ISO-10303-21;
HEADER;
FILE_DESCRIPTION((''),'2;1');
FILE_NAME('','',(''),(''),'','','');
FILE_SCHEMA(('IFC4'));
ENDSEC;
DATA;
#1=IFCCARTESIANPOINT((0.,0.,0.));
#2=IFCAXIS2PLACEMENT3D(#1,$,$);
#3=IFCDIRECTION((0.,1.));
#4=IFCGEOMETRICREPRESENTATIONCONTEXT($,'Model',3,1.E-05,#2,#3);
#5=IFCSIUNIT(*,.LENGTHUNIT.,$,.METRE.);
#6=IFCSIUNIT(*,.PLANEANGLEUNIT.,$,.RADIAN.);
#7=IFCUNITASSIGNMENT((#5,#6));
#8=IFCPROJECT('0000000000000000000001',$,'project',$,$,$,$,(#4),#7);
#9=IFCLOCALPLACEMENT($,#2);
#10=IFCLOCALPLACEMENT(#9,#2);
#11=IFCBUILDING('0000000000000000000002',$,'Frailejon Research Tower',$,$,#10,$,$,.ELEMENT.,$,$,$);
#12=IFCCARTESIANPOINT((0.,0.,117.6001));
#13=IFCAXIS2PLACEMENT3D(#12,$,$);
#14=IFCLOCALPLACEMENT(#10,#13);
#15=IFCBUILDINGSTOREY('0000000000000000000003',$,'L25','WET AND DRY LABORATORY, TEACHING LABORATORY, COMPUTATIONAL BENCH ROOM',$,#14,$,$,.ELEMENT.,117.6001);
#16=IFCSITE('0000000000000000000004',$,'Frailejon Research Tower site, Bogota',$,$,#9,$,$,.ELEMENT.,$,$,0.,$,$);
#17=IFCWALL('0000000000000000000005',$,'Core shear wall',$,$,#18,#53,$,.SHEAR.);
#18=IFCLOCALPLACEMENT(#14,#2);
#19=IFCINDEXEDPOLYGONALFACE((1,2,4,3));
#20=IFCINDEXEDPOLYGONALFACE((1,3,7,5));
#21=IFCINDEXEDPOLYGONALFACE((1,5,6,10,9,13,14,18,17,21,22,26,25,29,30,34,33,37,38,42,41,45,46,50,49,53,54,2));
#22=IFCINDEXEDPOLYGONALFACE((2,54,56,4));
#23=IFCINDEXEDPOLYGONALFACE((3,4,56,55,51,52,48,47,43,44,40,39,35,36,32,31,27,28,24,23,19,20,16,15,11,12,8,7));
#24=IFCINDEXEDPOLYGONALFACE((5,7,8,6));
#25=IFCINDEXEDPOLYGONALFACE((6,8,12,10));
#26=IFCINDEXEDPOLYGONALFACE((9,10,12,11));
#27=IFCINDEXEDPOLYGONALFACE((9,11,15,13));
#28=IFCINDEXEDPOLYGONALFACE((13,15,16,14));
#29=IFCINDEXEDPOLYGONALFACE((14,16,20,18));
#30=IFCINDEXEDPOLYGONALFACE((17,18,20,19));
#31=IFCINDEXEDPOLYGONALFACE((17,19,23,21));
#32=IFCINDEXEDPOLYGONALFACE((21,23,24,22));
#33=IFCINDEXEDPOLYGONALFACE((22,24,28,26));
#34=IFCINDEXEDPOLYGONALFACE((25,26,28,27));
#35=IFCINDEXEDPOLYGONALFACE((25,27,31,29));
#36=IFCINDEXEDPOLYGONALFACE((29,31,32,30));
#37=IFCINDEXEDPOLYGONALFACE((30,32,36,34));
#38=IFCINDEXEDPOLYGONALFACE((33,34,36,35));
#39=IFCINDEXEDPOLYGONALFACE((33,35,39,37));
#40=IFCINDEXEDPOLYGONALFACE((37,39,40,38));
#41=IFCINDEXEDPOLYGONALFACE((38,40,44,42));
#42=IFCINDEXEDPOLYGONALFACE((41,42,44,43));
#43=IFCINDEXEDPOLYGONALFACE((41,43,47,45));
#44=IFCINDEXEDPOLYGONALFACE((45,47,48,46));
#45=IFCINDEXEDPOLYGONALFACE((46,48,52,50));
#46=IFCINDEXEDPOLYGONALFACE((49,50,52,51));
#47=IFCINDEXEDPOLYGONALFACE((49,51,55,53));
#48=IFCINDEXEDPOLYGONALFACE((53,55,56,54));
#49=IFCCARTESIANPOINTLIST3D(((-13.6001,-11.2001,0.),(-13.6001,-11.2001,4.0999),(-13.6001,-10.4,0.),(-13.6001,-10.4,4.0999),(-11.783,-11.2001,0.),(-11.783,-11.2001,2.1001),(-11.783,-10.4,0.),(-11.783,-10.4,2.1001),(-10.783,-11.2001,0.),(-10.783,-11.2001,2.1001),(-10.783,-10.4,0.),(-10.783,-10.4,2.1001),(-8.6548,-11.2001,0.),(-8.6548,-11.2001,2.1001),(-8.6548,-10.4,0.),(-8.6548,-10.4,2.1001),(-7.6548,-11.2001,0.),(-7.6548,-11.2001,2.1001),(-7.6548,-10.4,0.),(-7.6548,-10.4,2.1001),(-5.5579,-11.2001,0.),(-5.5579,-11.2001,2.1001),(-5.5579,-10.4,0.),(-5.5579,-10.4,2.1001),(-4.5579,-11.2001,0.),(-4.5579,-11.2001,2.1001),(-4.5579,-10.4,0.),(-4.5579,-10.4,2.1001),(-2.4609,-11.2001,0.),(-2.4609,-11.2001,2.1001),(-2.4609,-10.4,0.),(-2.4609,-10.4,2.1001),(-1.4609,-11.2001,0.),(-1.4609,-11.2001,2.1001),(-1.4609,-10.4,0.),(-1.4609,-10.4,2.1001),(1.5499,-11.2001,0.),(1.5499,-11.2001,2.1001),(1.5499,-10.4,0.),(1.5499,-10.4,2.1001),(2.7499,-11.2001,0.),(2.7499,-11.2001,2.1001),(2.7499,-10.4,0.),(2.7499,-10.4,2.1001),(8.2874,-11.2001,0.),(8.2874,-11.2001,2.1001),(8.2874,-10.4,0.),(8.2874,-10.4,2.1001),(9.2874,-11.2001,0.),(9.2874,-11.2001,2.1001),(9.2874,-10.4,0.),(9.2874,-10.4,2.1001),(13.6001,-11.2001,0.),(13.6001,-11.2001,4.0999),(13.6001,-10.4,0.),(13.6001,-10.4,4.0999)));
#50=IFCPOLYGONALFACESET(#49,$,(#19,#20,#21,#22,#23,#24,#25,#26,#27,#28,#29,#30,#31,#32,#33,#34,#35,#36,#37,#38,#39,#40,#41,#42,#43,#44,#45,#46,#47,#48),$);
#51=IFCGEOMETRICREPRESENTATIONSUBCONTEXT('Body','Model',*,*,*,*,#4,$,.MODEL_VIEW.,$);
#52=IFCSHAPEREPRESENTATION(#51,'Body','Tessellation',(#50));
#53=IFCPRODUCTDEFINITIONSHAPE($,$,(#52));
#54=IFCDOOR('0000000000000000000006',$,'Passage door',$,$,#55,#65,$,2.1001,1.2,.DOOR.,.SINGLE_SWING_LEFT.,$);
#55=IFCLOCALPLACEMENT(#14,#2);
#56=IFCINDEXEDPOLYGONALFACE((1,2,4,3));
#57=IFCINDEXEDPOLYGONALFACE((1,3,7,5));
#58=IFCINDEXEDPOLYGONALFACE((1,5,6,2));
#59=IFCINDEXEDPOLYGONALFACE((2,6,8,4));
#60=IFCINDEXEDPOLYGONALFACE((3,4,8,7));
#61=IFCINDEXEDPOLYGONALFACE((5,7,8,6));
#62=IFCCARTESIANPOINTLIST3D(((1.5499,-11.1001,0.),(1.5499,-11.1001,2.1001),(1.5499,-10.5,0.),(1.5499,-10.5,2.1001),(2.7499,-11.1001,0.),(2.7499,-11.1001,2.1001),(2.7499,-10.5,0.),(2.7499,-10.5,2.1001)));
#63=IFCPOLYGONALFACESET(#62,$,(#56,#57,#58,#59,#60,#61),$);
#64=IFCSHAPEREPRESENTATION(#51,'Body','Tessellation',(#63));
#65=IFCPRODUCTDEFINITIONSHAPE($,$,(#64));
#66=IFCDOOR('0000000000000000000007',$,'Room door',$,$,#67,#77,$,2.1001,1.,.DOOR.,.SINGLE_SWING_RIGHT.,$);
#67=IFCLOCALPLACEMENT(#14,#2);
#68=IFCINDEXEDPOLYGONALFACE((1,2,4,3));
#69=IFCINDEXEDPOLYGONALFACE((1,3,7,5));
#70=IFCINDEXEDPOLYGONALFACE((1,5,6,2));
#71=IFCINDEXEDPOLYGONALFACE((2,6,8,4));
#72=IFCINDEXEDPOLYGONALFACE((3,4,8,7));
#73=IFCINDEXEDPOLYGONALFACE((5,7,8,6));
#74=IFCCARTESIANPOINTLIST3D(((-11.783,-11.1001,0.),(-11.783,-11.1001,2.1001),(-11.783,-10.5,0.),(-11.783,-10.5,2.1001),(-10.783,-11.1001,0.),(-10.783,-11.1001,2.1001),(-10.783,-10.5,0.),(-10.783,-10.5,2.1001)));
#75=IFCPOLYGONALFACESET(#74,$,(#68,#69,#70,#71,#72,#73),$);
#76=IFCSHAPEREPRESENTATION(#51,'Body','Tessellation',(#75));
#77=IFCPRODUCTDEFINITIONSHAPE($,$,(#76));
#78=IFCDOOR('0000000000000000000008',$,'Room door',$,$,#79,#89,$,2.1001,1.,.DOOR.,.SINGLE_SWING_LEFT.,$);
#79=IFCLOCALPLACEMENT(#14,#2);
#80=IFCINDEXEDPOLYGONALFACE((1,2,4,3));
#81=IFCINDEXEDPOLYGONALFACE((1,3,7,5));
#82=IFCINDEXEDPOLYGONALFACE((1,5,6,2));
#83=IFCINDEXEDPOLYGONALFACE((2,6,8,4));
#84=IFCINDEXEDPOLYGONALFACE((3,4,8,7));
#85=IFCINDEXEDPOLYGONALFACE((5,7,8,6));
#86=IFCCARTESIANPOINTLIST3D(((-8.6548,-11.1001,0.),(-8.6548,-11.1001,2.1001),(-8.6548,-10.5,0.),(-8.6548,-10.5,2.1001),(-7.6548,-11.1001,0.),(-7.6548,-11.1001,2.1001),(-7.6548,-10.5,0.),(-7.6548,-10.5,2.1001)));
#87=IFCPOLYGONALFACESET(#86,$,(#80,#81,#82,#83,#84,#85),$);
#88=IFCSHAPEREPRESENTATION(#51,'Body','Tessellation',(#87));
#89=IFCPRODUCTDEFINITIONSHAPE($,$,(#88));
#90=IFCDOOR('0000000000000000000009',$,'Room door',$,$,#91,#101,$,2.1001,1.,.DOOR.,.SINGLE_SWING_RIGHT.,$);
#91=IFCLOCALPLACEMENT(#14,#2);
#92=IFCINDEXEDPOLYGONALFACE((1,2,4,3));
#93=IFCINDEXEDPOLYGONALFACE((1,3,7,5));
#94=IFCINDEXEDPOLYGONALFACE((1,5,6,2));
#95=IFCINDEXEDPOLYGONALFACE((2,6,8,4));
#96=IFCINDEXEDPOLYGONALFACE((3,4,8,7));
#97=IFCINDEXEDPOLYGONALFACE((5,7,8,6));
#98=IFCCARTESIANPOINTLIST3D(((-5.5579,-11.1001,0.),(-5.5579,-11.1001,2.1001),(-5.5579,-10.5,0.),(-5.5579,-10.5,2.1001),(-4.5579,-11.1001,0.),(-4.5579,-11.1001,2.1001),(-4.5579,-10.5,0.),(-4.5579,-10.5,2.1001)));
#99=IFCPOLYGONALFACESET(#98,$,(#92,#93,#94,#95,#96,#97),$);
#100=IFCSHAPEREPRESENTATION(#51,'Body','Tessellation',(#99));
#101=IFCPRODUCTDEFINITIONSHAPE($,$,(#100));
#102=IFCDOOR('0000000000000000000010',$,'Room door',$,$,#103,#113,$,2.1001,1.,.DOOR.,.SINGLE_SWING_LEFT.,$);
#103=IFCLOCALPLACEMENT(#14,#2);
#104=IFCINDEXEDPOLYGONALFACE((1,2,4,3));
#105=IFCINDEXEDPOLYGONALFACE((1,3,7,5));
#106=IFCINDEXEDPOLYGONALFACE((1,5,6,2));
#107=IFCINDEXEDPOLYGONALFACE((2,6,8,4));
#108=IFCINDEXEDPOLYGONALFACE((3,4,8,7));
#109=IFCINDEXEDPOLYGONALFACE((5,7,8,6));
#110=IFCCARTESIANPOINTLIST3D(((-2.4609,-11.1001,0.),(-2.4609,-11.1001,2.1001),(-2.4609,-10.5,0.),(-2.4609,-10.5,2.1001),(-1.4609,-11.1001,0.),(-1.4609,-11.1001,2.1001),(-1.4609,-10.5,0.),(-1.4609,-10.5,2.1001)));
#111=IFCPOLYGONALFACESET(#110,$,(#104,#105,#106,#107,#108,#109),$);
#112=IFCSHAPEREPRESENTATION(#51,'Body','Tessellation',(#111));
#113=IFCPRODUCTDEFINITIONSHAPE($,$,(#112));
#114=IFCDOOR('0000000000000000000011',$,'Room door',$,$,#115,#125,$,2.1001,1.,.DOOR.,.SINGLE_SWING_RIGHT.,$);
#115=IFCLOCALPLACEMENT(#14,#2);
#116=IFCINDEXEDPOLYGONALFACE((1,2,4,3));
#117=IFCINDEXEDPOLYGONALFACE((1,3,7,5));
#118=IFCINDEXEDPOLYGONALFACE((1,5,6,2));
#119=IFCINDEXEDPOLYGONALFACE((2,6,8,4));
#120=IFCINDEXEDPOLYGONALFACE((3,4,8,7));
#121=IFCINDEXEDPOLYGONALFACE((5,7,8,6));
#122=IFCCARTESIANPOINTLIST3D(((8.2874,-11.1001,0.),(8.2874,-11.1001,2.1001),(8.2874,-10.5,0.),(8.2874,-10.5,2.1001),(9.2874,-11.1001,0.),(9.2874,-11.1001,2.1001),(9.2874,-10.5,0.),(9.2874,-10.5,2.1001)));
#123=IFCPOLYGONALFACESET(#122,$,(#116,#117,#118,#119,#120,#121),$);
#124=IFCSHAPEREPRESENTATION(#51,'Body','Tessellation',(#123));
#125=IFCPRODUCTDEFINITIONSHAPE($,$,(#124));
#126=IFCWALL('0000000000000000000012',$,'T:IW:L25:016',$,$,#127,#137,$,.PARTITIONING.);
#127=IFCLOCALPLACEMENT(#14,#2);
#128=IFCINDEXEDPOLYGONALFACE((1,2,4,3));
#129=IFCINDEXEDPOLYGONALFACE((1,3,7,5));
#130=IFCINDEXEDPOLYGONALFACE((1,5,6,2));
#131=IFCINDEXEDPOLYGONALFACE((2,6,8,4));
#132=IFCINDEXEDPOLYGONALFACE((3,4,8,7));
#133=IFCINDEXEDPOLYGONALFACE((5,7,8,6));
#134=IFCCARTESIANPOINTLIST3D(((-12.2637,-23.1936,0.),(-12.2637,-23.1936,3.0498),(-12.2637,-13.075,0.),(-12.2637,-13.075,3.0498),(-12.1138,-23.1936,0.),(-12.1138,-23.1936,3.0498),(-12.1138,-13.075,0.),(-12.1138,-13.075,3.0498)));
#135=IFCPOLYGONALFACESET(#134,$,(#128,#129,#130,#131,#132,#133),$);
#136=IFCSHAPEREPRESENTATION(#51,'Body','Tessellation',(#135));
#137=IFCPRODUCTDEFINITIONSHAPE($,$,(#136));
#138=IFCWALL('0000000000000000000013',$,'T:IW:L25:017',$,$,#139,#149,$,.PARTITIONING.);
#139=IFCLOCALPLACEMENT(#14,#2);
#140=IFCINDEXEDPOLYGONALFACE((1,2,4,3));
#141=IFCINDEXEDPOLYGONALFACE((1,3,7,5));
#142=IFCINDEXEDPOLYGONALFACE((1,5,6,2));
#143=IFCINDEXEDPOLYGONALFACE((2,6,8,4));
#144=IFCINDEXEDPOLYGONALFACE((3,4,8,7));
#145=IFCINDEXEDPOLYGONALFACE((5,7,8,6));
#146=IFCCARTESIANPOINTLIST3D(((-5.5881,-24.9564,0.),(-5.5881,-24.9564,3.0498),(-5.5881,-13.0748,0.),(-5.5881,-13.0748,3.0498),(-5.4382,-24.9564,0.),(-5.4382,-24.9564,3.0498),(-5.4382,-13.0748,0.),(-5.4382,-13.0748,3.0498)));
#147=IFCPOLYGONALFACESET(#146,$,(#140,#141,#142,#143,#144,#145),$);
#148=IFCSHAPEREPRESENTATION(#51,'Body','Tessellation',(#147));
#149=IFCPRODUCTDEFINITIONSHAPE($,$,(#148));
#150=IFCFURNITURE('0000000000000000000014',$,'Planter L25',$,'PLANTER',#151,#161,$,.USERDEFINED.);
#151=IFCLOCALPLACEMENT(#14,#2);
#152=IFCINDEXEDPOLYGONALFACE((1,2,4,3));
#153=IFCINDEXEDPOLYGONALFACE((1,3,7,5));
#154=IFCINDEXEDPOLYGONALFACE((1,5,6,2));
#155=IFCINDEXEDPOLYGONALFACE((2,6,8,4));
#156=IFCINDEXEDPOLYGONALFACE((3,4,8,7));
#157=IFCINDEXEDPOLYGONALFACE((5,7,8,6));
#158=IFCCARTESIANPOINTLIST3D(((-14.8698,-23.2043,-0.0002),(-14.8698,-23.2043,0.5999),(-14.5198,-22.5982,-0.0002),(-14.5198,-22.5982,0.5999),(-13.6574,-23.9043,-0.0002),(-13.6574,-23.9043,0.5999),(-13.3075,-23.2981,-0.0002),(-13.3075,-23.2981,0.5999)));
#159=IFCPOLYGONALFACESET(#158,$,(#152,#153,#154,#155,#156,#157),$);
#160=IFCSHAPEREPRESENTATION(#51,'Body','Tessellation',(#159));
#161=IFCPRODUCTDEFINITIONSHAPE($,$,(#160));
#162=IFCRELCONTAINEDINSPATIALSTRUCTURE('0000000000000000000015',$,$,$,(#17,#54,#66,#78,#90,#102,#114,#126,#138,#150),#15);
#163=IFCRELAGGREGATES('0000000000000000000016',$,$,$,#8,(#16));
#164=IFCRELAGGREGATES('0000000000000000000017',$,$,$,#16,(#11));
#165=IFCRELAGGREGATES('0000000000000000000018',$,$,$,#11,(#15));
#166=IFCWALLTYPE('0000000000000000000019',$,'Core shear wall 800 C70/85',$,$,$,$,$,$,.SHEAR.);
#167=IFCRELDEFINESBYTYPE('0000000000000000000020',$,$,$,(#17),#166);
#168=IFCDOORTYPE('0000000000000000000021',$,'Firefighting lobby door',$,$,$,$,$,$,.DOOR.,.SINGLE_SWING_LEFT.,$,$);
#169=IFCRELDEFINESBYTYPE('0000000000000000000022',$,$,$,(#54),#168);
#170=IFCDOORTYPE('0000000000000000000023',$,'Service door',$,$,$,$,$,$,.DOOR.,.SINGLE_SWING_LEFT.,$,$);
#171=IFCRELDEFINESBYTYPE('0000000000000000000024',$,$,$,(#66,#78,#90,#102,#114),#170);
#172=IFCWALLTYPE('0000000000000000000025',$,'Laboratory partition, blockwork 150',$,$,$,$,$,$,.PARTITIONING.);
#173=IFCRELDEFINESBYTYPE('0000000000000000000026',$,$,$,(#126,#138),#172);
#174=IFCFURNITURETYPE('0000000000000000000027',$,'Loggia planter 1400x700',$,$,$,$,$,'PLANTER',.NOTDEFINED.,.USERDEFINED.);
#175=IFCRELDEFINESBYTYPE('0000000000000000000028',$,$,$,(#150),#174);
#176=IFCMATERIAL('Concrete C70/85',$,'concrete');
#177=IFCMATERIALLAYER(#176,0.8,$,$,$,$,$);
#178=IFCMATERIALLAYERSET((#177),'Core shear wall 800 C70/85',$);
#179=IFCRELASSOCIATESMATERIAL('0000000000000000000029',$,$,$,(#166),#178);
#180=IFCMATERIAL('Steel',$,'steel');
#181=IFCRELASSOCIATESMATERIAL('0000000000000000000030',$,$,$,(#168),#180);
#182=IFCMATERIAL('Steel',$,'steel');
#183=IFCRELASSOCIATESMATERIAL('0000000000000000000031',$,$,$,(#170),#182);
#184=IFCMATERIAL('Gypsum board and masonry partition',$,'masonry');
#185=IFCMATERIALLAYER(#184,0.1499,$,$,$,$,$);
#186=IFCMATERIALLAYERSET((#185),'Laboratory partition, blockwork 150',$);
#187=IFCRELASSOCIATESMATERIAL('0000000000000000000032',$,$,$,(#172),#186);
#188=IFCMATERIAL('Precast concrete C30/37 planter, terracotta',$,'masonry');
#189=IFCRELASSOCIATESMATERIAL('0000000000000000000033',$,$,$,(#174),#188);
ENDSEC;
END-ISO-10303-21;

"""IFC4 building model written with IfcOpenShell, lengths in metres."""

from ifc_helpers import new_model, si_unit, direction, frame, frame_2d, origin, origin_2d, place, context, subcontext, project, spatial, rectangle, extrude, material, layer, layer_set, type_object, element, fill, save


model = new_model("IFC4")

# Units and contexts
model_context = context("Model", 3, precision=1e-05, world=origin(), true_north=direction((0.0, 1.0)))
body_context = subcontext(model_context, "Body", "Model", "MODEL_VIEW")
ifc_project = project(units=[si_unit("LENGTHUNIT", "METRE"), si_unit("PLANEANGLEUNIT", "RADIAN")], contexts=[model_context])

# Site, building, storey
site_placement = place(None, origin())
site = spatial("IfcSite", under=ifc_project, at=site_placement, Name="Frailejon Research Tower site, Bogota", CompositionType="ELEMENT", RefElevation=0.0)
building_placement = place(site_placement, origin())
building = spatial("IfcBuilding", under=site, at=building_placement, Name="Frailejon Research Tower", CompositionType="ELEMENT")
storey_placement = place(building_placement, frame((0.0, 0.0, 117.6001)))
storey = spatial("IfcBuildingStorey", under=building, at=storey_placement, Name="L25", Description="WET AND DRY LABORATORY, TEACHING LABORATORY, COMPUTATIONAL BENCH ROOM", CompositionType="ELEMENT", Elevation=117.6001)

# Wall, openings, doors
ifc_material_1 = material(Name="Concrete C70/85", Category="concrete")
ifc_layer_1 = layer(ifc_material_1, 0.8)
ifc_layer_set_1 = layer_set([ifc_layer_1], Name="Core shear wall 800 C70/85")
wall_type_1 = type_object("IfcWallType", Name="Core shear wall 800 C70/85", PredefinedType="SHEAR", material=ifc_layer_set_1)
wall_1_placement = place(storey_placement, frame((-13.6001, -10.8, 0.0), z_axis=(0.0, 0.0, 1.0), x_axis=(1.0, 0.0, 0.0)))
wall_1 = element("IfcWall", 1, at=wall_1_placement, inside=storey, type_object=wall_type_1, Name="Core shear wall", PredefinedType="SHEAR", context=body_context, shape_type="SweptSolid", body=[
    extrude(rectangle(XDim=27.2002, YDim=0.8, at=frame_2d((13.6001, 0.0))), origin(), (0.0, 0.0, 1.0), 4.0999),
])
opening_1_placement = place(wall_1_placement, frame((1.8171, 0.0, 0.0)))
opening_1 = element("IfcOpeningElement", 2, at=opening_1_placement, cuts=wall_1, PredefinedType="OPENING", context=body_context, shape_type="SweptSolid", body=[
    extrude(rectangle(XDim=1.0, YDim=2.1001, at=frame_2d((0.5, 1.05))), frame((0.0, 0.4099, 0.0), z_axis=(0.0, -1.0, 0.0), x_axis=(1.0, 0.0, 0.0)), (0.0, 0.0, 1.0), 0.8201),
])
opening_2_placement = place(wall_1_placement, frame((4.9453, 0.0, 0.0)))
opening_2 = element("IfcOpeningElement", 3, at=opening_2_placement, cuts=wall_1, PredefinedType="OPENING", context=body_context, shape_type="SweptSolid", body=[
    extrude(rectangle(XDim=1.0, YDim=2.1001, at=frame_2d((0.5, 1.05))), frame((0.0, 0.4099, 0.0), z_axis=(0.0, -1.0, 0.0), x_axis=(1.0, 0.0, 0.0)), (0.0, 0.0, 1.0), 0.8201),
])
opening_3_placement = place(wall_1_placement, frame((8.0422, 0.0, 0.0)))
opening_3 = element("IfcOpeningElement", 4, at=opening_3_placement, cuts=wall_1, PredefinedType="OPENING", context=body_context, shape_type="SweptSolid", body=[
    extrude(rectangle(XDim=1.0, YDim=2.1001, at=frame_2d((0.5, 1.05))), frame((0.0, 0.4099, 0.0), z_axis=(0.0, -1.0, 0.0), x_axis=(1.0, 0.0, 0.0)), (0.0, 0.0, 1.0), 0.8201),
])
opening_4_placement = place(wall_1_placement, frame((11.1392, 0.0, 0.0)))
opening_4 = element("IfcOpeningElement", 5, at=opening_4_placement, cuts=wall_1, PredefinedType="OPENING", context=body_context, shape_type="SweptSolid", body=[
    extrude(rectangle(XDim=1.0, YDim=2.1001, at=frame_2d((0.5, 1.05))), frame((0.0, 0.4099, 0.0), z_axis=(0.0, -1.0, 0.0), x_axis=(1.0, 0.0, 0.0)), (0.0, 0.0, 1.0), 0.8201),
])
opening_5_placement = place(wall_1_placement, frame((21.8875, 0.0, 0.0)))
opening_5 = element("IfcOpeningElement", 6, at=opening_5_placement, cuts=wall_1, PredefinedType="OPENING", context=body_context, shape_type="SweptSolid", body=[
    extrude(rectangle(XDim=1.0, YDim=2.1001, at=frame_2d((0.5, 1.05))), frame((0.0, 0.4099, 0.0), z_axis=(0.0, -1.0, 0.0), x_axis=(1.0, 0.0, 0.0)), (0.0, 0.0, 1.0), 0.8201),
])
opening_6_placement = place(wall_1_placement, frame((15.1499, 0.0, 0.0)))
opening_6 = element("IfcOpeningElement", 7, at=opening_6_placement, cuts=wall_1, PredefinedType="OPENING", context=body_context, shape_type="SweptSolid", body=[
    extrude(rectangle(XDim=1.2, YDim=2.1001, at=frame_2d((0.6001, 1.05))), frame((0.0, 0.4099, 0.0), z_axis=(0.0, -1.0, 0.0), x_axis=(1.0, 0.0, 0.0)), (0.0, 0.0, 1.0), 0.8201),
])
ifc_material_2 = material(Name="Steel", Category="steel")
door_type_1 = type_object("IfcDoorType", Name="Firefighting lobby door", OperationType="SINGLE_SWING_LEFT", PredefinedType="DOOR", material=ifc_material_2)
door_1_placement = place(opening_6_placement, origin())
door_1 = element("IfcDoor", 8, at=door_1_placement, inside=storey, type_object=door_type_1, Name="Passage door", OperationType="SINGLE_SWING_LEFT", OverallHeight=2.1001, OverallWidth=1.2, PredefinedType="DOOR", context=body_context, shape_type="SweptSolid", body=[
    extrude(rectangle(XDim=1.2, YDim=2.1001, at=frame_2d((0.6001, 1.05))), frame((0.0, 0.3, 0.0), z_axis=(0.0, -1.0, 0.0), x_axis=(1.0, 0.0, 0.0)), (0.0, 0.0, 1.0), 0.6001),
])
fill(opening_6, door_1)
ifc_material_3 = material(Name="Steel", Category="steel")
door_type_2 = type_object("IfcDoorType", Name="Service door", OperationType="SINGLE_SWING_LEFT", PredefinedType="DOOR", material=ifc_material_3)
door_2_placement = place(opening_1_placement, origin())
door_2 = element("IfcDoor", 9, at=door_2_placement, inside=storey, type_object=door_type_2, Name="Room door", OperationType="SINGLE_SWING_RIGHT", OverallHeight=2.1001, OverallWidth=1.0, PredefinedType="DOOR", context=body_context, shape_type="SweptSolid", body=[
    extrude(rectangle(XDim=1.0, YDim=2.1001, at=frame_2d((0.5, 1.05))), frame((0.0, 0.3, 0.0), z_axis=(0.0, -1.0, 0.0), x_axis=(1.0, 0.0, 0.0)), (0.0, 0.0, 1.0), 0.6001),
])
fill(opening_1, door_2)
door_3_placement = place(opening_2_placement, origin())
door_3 = element("IfcDoor", 10, at=door_3_placement, inside=storey, type_object=door_type_2, Name="Room door", OperationType="SINGLE_SWING_LEFT", OverallHeight=2.1001, OverallWidth=1.0, PredefinedType="DOOR", context=body_context, shape_type="SweptSolid", body=[
    extrude(rectangle(XDim=1.0, YDim=2.1001, at=frame_2d((0.5, 1.05))), frame((0.0, 0.3, 0.0), z_axis=(0.0, -1.0, 0.0), x_axis=(1.0, 0.0, 0.0)), (0.0, 0.0, 1.0), 0.6001),
])
fill(opening_2, door_3)
door_4_placement = place(opening_3_placement, origin())
door_4 = element("IfcDoor", 11, at=door_4_placement, inside=storey, type_object=door_type_2, Name="Room door", OperationType="SINGLE_SWING_RIGHT", OverallHeight=2.1001, OverallWidth=1.0, PredefinedType="DOOR", context=body_context, shape_type="SweptSolid", body=[
    extrude(rectangle(XDim=1.0, YDim=2.1001, at=frame_2d((0.5, 1.05))), frame((0.0, 0.3, 0.0), z_axis=(0.0, -1.0, 0.0), x_axis=(1.0, 0.0, 0.0)), (0.0, 0.0, 1.0), 0.6001),
])
fill(opening_3, door_4)
door_5_placement = place(opening_4_placement, origin())
door_5 = element("IfcDoor", 12, at=door_5_placement, inside=storey, type_object=door_type_2, Name="Room door", OperationType="SINGLE_SWING_LEFT", OverallHeight=2.1001, OverallWidth=1.0, PredefinedType="DOOR", context=body_context, shape_type="SweptSolid", body=[
    extrude(rectangle(XDim=1.0, YDim=2.1001, at=frame_2d((0.5, 1.05))), frame((0.0, 0.3, 0.0), z_axis=(0.0, -1.0, 0.0), x_axis=(1.0, 0.0, 0.0)), (0.0, 0.0, 1.0), 0.6001),
])
fill(opening_4, door_5)
door_6_placement = place(opening_5_placement, origin())
door_6 = element("IfcDoor", 13, at=door_6_placement, inside=storey, type_object=door_type_2, Name="Room door", OperationType="SINGLE_SWING_RIGHT", OverallHeight=2.1001, OverallWidth=1.0, PredefinedType="DOOR", context=body_context, shape_type="SweptSolid", body=[
    extrude(rectangle(XDim=1.0, YDim=2.1001, at=frame_2d((0.5, 1.05))), frame((0.0, 0.3, 0.0), z_axis=(0.0, -1.0, 0.0), x_axis=(1.0, 0.0, 0.0)), (0.0, 0.0, 1.0), 0.6001),
])
fill(opening_5, door_6)

# Walls
ifc_material_4 = material(Name="Gypsum board and masonry partition", Category="masonry")
ifc_layer_2 = layer(ifc_material_4, 0.1499)
ifc_layer_set_2 = layer_set([ifc_layer_2], Name="Laboratory partition, blockwork 150")
wall_type_2 = type_object("IfcWallType", Name="Laboratory partition, blockwork 150", PredefinedType="PARTITIONING", material=ifc_layer_set_2)
wall_2_placement = place(storey_placement, frame((-12.1887, -23.1936, 0.0), z_axis=(0.0, 0.0, 1.0), x_axis=(0.0, 1.0, 0.0)))
element("IfcWall", 14, at=wall_2_placement, inside=storey, type_object=wall_type_2, Name="T:IW:L25:016", PredefinedType="PARTITIONING", context=body_context, shape_type="SweptSolid", body=[
    extrude(rectangle(XDim=10.1187, YDim=0.1499, at=frame_2d((5.0593, 0.0))), origin(), (0.0, 0.0, 1.0), 3.0498),
])
wall_3_placement = place(storey_placement, frame((-5.5132, -24.9565, 0.0), z_axis=(0.0, 0.0, 1.0), x_axis=(0.0, 1.0, 0.0)))
element("IfcWall", 15, at=wall_3_placement, inside=storey, type_object=wall_type_2, Name="T:IW:L25:017", PredefinedType="PARTITIONING", context=body_context, shape_type="SweptSolid", body=[
    extrude(rectangle(XDim=11.8816, YDim=0.1499, at=frame_2d((5.9409, 0.0))), origin(), (0.0, 0.0, 1.0), 3.0498),
])

# Furniture
ifc_material_5 = material(Name="Precast concrete C30/37 planter, terracotta", Category="masonry")
furniture_type = type_object("IfcFurnitureType", Name="Loggia planter 1400x700", ElementType="PLANTER", AssemblyPlace="NOTDEFINED", PredefinedType="USERDEFINED", material=ifc_material_5)
furniture_placement = place(storey_placement, frame((-14.0886, -23.2512, -0.0002), z_axis=(0.0, 0.0, 1.0), x_axis=(0.866025, -0.5, 0.0)))
element("IfcFurniture", 16, at=furniture_placement, inside=storey, type_object=furniture_type, Name="Planter L25", ObjectType="PLANTER", PredefinedType="USERDEFINED", context=body_context, shape_type="SweptSolid", body=[
    extrude(rectangle(XDim=1.3999, YDim=0.7, at=origin_2d()), origin(), (0.0, 0.0, 1.0), 0.6001),
])

save(model, "model.ifc")
